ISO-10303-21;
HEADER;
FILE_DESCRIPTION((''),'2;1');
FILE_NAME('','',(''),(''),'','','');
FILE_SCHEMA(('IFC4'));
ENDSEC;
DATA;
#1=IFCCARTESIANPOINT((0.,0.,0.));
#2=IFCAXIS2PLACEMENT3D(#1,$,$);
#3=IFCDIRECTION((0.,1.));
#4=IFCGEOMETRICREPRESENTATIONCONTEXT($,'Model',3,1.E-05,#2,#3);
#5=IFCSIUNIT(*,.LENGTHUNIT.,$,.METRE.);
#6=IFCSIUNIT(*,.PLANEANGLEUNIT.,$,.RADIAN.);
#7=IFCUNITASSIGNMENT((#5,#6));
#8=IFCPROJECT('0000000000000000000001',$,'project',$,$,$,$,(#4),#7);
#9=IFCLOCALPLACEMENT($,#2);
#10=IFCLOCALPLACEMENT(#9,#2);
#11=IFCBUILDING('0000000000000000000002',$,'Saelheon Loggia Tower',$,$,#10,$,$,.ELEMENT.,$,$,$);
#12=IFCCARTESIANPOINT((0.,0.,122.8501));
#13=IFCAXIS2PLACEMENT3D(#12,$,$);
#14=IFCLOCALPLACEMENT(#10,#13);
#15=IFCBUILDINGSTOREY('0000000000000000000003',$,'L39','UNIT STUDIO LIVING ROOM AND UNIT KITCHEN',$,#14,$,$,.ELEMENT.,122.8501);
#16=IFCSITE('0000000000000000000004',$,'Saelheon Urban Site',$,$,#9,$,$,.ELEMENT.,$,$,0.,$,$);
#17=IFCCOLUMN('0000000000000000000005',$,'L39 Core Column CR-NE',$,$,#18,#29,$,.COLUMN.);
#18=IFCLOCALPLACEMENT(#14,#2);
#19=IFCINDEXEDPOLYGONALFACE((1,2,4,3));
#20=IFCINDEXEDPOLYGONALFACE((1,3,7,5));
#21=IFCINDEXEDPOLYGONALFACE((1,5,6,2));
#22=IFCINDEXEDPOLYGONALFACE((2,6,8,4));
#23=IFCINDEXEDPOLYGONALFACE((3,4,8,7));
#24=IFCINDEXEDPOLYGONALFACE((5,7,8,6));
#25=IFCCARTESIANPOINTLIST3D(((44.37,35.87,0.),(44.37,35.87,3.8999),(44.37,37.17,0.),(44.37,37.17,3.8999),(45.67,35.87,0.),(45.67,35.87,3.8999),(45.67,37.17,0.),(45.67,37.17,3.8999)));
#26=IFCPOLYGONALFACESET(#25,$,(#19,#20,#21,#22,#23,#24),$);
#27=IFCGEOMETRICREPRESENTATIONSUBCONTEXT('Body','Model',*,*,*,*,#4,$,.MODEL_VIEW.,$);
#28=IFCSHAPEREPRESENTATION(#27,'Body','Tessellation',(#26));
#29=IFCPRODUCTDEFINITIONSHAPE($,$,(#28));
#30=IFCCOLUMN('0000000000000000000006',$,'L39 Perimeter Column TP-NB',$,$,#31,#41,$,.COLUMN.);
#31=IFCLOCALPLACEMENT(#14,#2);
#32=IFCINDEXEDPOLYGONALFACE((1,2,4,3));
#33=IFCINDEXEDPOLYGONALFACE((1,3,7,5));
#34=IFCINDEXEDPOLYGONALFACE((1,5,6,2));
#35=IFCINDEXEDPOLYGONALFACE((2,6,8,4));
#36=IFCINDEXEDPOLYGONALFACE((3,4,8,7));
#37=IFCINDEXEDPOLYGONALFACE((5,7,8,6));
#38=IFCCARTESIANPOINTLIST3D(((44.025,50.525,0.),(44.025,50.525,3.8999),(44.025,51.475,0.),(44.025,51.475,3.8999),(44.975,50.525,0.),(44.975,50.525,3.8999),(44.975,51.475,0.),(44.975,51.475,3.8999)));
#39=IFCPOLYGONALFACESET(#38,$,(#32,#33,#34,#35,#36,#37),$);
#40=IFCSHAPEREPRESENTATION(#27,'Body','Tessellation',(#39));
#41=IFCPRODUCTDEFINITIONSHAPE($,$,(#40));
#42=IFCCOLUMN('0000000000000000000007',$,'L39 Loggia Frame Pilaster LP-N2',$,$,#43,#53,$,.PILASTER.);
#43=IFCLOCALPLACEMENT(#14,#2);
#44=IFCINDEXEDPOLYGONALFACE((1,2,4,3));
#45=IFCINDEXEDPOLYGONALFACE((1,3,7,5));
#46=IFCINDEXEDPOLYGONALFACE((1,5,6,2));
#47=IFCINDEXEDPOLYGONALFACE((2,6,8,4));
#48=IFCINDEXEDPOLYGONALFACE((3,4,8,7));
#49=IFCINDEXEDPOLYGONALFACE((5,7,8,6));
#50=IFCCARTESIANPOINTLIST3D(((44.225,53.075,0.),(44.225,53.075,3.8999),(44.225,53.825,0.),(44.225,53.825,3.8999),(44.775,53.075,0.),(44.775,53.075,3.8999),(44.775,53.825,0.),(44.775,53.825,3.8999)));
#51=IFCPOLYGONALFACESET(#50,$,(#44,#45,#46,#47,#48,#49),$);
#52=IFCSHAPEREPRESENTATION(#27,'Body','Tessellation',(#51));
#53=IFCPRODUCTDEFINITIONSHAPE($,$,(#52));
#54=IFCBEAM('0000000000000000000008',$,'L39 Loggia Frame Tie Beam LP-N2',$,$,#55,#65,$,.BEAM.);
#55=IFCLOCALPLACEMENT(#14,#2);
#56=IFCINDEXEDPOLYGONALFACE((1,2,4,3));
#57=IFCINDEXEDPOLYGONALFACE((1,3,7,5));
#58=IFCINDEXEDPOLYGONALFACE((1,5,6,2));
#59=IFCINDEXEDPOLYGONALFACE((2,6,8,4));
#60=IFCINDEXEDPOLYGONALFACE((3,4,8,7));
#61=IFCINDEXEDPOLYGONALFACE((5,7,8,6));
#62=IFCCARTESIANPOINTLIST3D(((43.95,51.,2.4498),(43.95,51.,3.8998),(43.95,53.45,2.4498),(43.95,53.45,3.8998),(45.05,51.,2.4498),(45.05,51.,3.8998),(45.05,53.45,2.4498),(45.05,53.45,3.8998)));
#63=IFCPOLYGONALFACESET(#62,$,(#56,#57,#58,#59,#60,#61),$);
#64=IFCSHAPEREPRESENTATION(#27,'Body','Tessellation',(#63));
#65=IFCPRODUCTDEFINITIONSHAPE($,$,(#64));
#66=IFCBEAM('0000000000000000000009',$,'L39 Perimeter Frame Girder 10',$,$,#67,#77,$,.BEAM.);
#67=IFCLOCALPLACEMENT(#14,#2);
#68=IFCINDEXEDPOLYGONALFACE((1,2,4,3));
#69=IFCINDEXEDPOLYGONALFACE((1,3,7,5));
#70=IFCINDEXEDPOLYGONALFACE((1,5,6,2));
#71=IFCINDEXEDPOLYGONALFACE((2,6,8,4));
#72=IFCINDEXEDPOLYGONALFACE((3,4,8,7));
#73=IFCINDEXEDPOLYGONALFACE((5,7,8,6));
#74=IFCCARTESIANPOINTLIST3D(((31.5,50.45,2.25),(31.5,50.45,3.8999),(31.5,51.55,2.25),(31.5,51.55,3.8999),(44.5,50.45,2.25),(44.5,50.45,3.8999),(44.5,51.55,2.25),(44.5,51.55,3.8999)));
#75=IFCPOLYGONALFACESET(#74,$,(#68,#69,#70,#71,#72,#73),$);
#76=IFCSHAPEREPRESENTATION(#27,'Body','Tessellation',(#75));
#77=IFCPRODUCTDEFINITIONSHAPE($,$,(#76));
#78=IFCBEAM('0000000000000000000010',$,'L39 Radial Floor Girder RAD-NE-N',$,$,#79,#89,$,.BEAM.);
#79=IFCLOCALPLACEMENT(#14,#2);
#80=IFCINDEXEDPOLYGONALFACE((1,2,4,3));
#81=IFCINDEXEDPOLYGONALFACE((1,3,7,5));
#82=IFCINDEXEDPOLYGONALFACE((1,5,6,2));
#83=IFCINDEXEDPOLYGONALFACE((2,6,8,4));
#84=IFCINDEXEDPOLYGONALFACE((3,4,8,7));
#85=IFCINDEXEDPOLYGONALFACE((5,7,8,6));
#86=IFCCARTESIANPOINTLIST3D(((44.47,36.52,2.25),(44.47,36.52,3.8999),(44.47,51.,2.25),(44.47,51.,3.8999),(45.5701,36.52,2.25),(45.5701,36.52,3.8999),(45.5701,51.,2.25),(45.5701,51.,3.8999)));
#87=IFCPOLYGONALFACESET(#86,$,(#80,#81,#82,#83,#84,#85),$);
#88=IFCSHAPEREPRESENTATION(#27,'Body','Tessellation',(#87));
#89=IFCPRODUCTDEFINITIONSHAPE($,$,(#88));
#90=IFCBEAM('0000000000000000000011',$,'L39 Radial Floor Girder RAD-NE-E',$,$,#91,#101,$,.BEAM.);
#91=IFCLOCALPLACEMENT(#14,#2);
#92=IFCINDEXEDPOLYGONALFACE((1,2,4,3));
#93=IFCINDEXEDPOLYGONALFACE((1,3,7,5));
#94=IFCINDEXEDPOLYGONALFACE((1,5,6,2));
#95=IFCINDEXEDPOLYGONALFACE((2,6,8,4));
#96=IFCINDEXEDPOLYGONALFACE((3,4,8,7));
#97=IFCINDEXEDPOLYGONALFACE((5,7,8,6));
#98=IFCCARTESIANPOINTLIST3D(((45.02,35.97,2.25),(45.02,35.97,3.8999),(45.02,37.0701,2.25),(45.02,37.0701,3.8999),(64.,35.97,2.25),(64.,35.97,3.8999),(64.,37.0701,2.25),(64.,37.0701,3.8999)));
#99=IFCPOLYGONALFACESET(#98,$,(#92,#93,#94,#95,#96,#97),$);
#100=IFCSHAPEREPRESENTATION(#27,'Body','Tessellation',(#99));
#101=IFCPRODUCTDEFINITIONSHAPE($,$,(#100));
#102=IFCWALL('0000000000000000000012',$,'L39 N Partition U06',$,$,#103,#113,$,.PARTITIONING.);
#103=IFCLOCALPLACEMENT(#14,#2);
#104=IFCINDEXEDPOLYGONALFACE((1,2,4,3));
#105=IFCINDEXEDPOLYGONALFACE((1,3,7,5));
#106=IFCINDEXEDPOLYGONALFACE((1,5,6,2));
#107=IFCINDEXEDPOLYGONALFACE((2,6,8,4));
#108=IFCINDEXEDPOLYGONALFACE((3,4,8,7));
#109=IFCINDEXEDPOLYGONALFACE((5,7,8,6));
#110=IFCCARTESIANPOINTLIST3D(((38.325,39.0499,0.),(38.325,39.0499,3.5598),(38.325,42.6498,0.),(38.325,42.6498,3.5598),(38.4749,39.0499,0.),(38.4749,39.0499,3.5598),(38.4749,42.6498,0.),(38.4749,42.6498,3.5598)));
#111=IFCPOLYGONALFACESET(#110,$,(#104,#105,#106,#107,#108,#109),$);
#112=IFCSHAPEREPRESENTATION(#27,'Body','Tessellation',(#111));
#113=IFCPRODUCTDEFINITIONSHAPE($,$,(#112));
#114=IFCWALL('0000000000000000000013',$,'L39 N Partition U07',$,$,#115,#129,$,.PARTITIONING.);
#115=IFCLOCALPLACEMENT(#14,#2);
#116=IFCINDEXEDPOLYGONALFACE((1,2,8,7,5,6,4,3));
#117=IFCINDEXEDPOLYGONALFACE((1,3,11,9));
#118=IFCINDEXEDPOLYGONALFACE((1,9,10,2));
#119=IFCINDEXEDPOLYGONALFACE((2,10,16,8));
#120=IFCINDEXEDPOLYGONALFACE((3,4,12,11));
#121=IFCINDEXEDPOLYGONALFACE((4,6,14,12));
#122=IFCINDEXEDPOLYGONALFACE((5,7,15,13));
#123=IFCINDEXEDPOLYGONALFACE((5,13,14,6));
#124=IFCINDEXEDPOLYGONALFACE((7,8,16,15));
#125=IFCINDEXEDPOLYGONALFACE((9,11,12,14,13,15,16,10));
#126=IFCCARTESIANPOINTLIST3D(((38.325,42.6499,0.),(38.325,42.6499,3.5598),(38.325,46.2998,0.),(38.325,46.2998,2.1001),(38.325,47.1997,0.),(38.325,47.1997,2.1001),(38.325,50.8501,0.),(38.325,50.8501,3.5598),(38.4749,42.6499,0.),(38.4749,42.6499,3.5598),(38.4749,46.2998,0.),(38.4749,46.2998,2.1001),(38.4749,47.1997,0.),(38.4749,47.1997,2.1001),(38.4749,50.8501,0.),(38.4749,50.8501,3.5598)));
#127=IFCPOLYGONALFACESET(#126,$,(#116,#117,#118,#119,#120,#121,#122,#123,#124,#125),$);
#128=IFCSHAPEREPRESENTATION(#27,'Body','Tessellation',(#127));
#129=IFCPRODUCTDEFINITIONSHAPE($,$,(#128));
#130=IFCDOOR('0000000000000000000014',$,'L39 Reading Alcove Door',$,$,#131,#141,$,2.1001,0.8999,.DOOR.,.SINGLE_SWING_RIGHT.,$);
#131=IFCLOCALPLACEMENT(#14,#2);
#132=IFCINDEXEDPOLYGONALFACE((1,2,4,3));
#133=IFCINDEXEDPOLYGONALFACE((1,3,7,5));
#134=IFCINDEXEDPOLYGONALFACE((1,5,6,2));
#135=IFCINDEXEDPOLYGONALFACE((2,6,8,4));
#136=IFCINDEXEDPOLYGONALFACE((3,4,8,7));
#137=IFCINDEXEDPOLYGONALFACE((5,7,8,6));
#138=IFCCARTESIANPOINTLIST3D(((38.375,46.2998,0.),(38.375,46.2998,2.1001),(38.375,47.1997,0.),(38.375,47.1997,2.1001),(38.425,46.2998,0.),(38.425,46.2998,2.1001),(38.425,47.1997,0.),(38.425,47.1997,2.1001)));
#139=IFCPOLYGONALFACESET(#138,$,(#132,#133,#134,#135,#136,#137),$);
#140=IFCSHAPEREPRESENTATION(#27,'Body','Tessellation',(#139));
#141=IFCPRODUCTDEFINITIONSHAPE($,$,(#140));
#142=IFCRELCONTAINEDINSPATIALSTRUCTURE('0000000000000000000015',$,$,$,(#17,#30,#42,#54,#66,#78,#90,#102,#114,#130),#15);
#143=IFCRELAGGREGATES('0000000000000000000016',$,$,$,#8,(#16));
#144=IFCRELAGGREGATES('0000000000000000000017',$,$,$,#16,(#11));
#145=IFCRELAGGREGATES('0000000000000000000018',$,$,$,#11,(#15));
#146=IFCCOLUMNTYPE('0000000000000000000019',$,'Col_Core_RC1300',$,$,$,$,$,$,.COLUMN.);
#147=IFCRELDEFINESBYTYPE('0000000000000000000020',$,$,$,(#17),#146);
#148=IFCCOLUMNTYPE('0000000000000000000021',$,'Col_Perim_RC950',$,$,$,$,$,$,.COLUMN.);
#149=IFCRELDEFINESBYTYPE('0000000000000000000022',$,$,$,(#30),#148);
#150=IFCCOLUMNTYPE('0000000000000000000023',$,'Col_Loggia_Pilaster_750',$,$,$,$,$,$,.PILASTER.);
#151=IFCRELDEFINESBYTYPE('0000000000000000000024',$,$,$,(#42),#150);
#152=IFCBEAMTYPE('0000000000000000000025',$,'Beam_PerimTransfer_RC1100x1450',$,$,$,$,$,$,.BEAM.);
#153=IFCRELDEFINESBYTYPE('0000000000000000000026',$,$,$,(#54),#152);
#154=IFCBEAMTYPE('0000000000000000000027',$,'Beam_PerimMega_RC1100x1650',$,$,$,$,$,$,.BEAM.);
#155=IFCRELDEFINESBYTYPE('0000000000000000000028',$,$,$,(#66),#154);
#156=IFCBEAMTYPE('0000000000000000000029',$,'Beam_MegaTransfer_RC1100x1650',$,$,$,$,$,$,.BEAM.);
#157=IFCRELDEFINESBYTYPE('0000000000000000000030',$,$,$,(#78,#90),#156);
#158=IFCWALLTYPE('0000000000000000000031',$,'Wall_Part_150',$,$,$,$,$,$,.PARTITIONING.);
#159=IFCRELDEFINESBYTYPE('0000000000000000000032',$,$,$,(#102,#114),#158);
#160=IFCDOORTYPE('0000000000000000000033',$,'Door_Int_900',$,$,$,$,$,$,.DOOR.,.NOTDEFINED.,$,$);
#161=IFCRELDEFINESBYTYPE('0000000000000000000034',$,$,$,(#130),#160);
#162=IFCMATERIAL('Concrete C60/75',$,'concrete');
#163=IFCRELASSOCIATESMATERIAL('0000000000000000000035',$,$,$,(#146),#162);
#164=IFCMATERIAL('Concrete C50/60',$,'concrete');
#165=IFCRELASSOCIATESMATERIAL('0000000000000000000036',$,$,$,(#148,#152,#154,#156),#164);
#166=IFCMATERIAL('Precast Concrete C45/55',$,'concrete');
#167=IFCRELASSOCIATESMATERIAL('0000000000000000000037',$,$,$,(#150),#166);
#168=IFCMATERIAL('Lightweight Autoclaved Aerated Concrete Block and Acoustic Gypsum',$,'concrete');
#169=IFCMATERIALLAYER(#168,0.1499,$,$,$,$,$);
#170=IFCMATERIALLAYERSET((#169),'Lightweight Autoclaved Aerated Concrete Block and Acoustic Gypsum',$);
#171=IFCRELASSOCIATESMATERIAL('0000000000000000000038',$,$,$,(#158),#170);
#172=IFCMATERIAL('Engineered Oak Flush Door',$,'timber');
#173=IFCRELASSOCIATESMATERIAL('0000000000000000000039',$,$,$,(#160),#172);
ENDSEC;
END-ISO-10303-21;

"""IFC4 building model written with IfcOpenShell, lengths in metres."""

from ifc_helpers import new_model, si_unit, direction, frame, frame_2d, origin, origin_2d, place, context, subcontext, project, spatial, rectangle, extrude, source, transform, mapped, material, layer, layer_set, material_profile, profile_set, type_object, element, fill, save


model = new_model("IFC4")

# Units and contexts
model_context = context("Model", 3, precision=1e-05, world=origin(), true_north=direction((0.0, 1.0)))
body_context = subcontext(model_context, "Body", "Model", "MODEL_VIEW")
ifc_project = project(units=[si_unit("LENGTHUNIT", "METRE"), si_unit("PLANEANGLEUNIT", "RADIAN")], contexts=[model_context])

# Site, building, storey
site_placement = place(None, origin())
site = spatial("IfcSite", under=ifc_project, at=site_placement, Name="Saelheon Urban Site", CompositionType="ELEMENT", RefElevation=0.0)
building_placement = place(site_placement, origin())
building = spatial("IfcBuilding", under=site, at=building_placement, Name="Saelheon Loggia Tower", CompositionType="ELEMENT")
storey_placement = place(building_placement, frame((0.0, 0.0, 122.8501)))
storey = spatial("IfcBuildingStorey", under=building, at=storey_placement, Name="L39", Description="UNIT STUDIO LIVING ROOM AND UNIT KITCHEN", CompositionType="ELEMENT", Elevation=122.8501)

# Columns
ifc_material_1 = material(Name="Concrete C60/75", Category="concrete")
ifc_material_profile_1 = material_profile(ifc_material_1, rectangle(XDim=1.3, YDim=1.3, at=origin_2d()), Name="RC-1300x1300")
ifc_profile_set_1 = profile_set([ifc_material_profile_1], Name="Concrete C60/75")
column_type_1 = type_object("IfcColumnType", Name="Col_Core_RC1300", PredefinedType="COLUMN", material=ifc_profile_set_1)
shared_shape_1 = source(origin(), body_context, "Body", "SweptSolid", [
    extrude(rectangle(XDim=1.3, YDim=1.3, at=origin_2d()), origin(), (0.0, 0.0, 1.0), 3.8999),
])
column_1_placement = place(storey_placement, frame((45.02, 36.52, 0.0), z_axis=(0.0, 0.0, 1.0), x_axis=(1.0, 0.0, 0.0)))
element("IfcColumn", 1, at=column_1_placement, inside=storey, type_object=column_type_1, Name="L39 Core Column CR-NE", PredefinedType="COLUMN", context=body_context, shape_type="MappedRepresentation", body=[
    mapped(shared_shape_1, transform((0.0, 0.0, 0.0), scale=1.0)),
])
ifc_material_2 = material(Name="Concrete C50/60", Category="concrete")
ifc_material_profile_2 = material_profile(ifc_material_2, rectangle(XDim=0.95, YDim=0.95, at=origin_2d()), Name="RC-950x950")
ifc_profile_set_2 = profile_set([ifc_material_profile_2], Name="Concrete C50/60")
column_type_2 = type_object("IfcColumnType", Name="Col_Perim_RC950", PredefinedType="COLUMN", material=ifc_profile_set_2)
shared_shape_2 = source(origin(), body_context, "Body", "SweptSolid", [
    extrude(rectangle(XDim=0.95, YDim=0.95, at=origin_2d()), origin(), (0.0, 0.0, 1.0), 3.8999),
])
column_2_placement = place(storey_placement, frame((44.5, 51.0, 0.0), z_axis=(0.0, 0.0, 1.0), x_axis=(1.0, 0.0, 0.0)))
element("IfcColumn", 2, at=column_2_placement, inside=storey, type_object=column_type_2, Name="L39 Perimeter Column TP-NB", PredefinedType="COLUMN", context=body_context, shape_type="MappedRepresentation", body=[
    mapped(shared_shape_2, transform((0.0, 0.0, 0.0), scale=1.0)),
])
ifc_material_3 = material(Name="Precast Concrete C45/55", Category="concrete")
ifc_material_profile_3 = material_profile(ifc_material_3, rectangle(XDim=0.55, YDim=0.75, at=origin_2d()), Name="RC-550x750")
ifc_profile_set_3 = profile_set([ifc_material_profile_3], Name="Precast Concrete C45/55")
column_type_3 = type_object("IfcColumnType", Name="Col_Loggia_Pilaster_750", PredefinedType="PILASTER", material=ifc_profile_set_3)
shared_shape_3 = source(origin(), body_context, "Body", "SweptSolid", [
    extrude(rectangle(XDim=0.55, YDim=0.75, at=origin_2d()), origin(), (0.0, 0.0, 1.0), 3.8999),
])
column_3_placement = place(storey_placement, frame((44.5, 53.45, 0.0), z_axis=(0.0, 0.0, 1.0), x_axis=(1.0, 0.0, 0.0)))
element("IfcColumn", 3, at=column_3_placement, inside=storey, type_object=column_type_3, Name="L39 Loggia Frame Pilaster LP-N2", PredefinedType="PILASTER", context=body_context, shape_type="MappedRepresentation", body=[
    mapped(shared_shape_3, transform((0.0, 0.0, 0.0), scale=1.0)),
])

# Beams
ifc_material_profile_4 = material_profile(ifc_material_2, rectangle(XDim=1.1001, YDim=1.45, at=origin_2d()), Name="RC-1100x1450")
ifc_profile_set_4 = profile_set([ifc_material_profile_4], Name="Concrete C50/60")
beam_type_1 = type_object("IfcBeamType", Name="Beam_PerimTransfer_RC1100x1450", PredefinedType="BEAM", material=ifc_profile_set_4)
shared_shape_4 = source(origin(), body_context, "Body", "SweptSolid", [
    extrude(rectangle(XDim=1.1001, YDim=1.45, at=origin_2d()), origin(), (0.0, 0.0, 1.0), 2.45),
])
beam_1_placement = place(storey_placement, frame((44.5, 51.0, 3.1748), z_axis=(0.0, 1.0, 0.0), x_axis=(-1.0, 0.0, 0.0)))
element("IfcBeam", 4, at=beam_1_placement, inside=storey, type_object=beam_type_1, Name="L39 Loggia Frame Tie Beam LP-N2", PredefinedType="BEAM", context=body_context, shape_type="MappedRepresentation", body=[
    mapped(shared_shape_4, transform((0.0, 0.0, 0.0), scale=1.0)),
])
ifc_material_profile_5 = material_profile(ifc_material_2, rectangle(XDim=1.1001, YDim=1.6499, at=origin_2d()), Name="RC-1100x1650")
ifc_profile_set_5 = profile_set([ifc_material_profile_5], Name="Concrete C50/60")
beam_type_2 = type_object("IfcBeamType", Name="Beam_PerimMega_RC1100x1650", PredefinedType="BEAM", material=ifc_profile_set_5)
shared_shape_5 = source(origin(), body_context, "Body", "SweptSolid", [
    extrude(rectangle(XDim=1.1001, YDim=1.6499, at=origin_2d()), origin(), (0.0, 0.0, 1.0), 13.0),
])
beam_2_placement = place(storey_placement, frame((44.5, 51.0, 3.075), z_axis=(-1.0, 0.0, 0.0), x_axis=(0.0, -1.0, 0.0)))
element("IfcBeam", 5, at=beam_2_placement, inside=storey, type_object=beam_type_2, Name="L39 Perimeter Frame Girder 10", PredefinedType="BEAM", context=body_context, shape_type="MappedRepresentation", body=[
    mapped(shared_shape_5, transform((0.0, 0.0, 0.0), scale=1.0)),
])
ifc_material_profile_6 = material_profile(ifc_material_2, rectangle(XDim=1.1001, YDim=1.6499, at=origin_2d()), Name="RC-1100x1650")
ifc_profile_set_6 = profile_set([ifc_material_profile_6], Name="Concrete C50/60")
beam_type_3 = type_object("IfcBeamType", Name="Beam_MegaTransfer_RC1100x1650", PredefinedType="BEAM", material=ifc_profile_set_6)
shared_shape_6 = source(origin(), body_context, "Body", "SweptSolid", [
    extrude(rectangle(XDim=1.1001, YDim=1.6499, at=origin_2d()), origin(), (0.0, 0.0, 1.0), 14.48),
])
beam_3_placement = place(storey_placement, frame((45.02, 36.52, 3.075), z_axis=(0.0, 1.0, 0.0), x_axis=(-1.0, 0.0, 0.0)))
element("IfcBeam", 6, at=beam_3_placement, inside=storey, type_object=beam_type_3, Name="L39 Radial Floor Girder RAD-NE-N", PredefinedType="BEAM", context=body_context, shape_type="MappedRepresentation", body=[
    mapped(shared_shape_6, transform((0.0, 0.0, 0.0), scale=1.0)),
])
shared_shape_7 = source(origin(), body_context, "Body", "SweptSolid", [
    extrude(rectangle(XDim=1.1001, YDim=1.6499, at=origin_2d()), origin(), (0.0, 0.0, 1.0), 18.98),
])
beam_4_placement = place(storey_placement, frame((45.02, 36.52, 3.075), z_axis=(1.0, 0.0, 0.0), x_axis=(0.0, 1.0, 0.0)))
element("IfcBeam", 7, at=beam_4_placement, inside=storey, type_object=beam_type_3, Name="L39 Radial Floor Girder RAD-NE-E", PredefinedType="BEAM", context=body_context, shape_type="MappedRepresentation", body=[
    mapped(shared_shape_7, transform((0.0, 0.0, 0.0), scale=1.0)),
])

# Wall
ifc_material_4 = material(Name="Lightweight Autoclaved Aerated Concrete Block and Acoustic Gypsum", Category="concrete")
ifc_layer_1 = layer(ifc_material_4, 0.1499)
ifc_layer_set_1 = layer_set([ifc_layer_1], Name="Lightweight Autoclaved Aerated Concrete Block and Acoustic Gypsum")
wall_type_1 = type_object("IfcWallType", Name="Wall_Part_150", PredefinedType="PARTITIONING", material=ifc_layer_set_1)
wall_1_placement = place(storey_placement, frame((38.3999, 39.05, 0.0), z_axis=(0.0, 0.0, 1.0), x_axis=(0.0, 1.0, 0.0)))
element("IfcWall", 8, at=wall_1_placement, inside=storey, type_object=wall_type_1, Name="L39 N Partition U06", PredefinedType="PARTITIONING", context=body_context, shape_type="SweptSolid", body=[
    extrude(rectangle(XDim=3.5999, YDim=0.1499, at=frame_2d((1.7998, 0.0))), origin(), (0.0, 0.0, 1.0), 3.5598),
])

# Wall, opening, door
wall_2_placement = place(storey_placement, frame((38.3999, 42.6499, 0.0), z_axis=(0.0, 0.0, 1.0), x_axis=(0.0, 1.0, 0.0)))
wall_2 = element("IfcWall", 9, at=wall_2_placement, inside=storey, type_object=wall_type_1, Name="L39 N Partition U07", PredefinedType="PARTITIONING", context=body_context, shape_type="SweptSolid", body=[
    extrude(rectangle(XDim=8.2002, YDim=0.1499, at=frame_2d((4.1001, 0.0))), origin(), (0.0, 0.0, 1.0), 3.5598),
])
opening_1_placement = place(wall_2_placement, frame((3.6499, 0.0, 0.0)))
opening_1 = element("IfcOpeningElement", 10, at=opening_1_placement, cuts=wall_2, PredefinedType="OPENING", context=body_context, shape_type="SweptSolid", body=[
    extrude(rectangle(XDim=0.8999, YDim=2.1001, at=frame_2d((0.45, 1.05))), frame((0.0, 0.0869, 0.0), z_axis=(0.0, -1.0, 0.0), x_axis=(1.0, 0.0, 0.0)), (0.0, 0.0, 1.0), 0.1738),
])
ifc_material_5 = material(Name="Engineered Oak Flush Door", Category="timber")
door_type_1 = type_object("IfcDoorType", Name="Door_Int_900", OperationType="NOTDEFINED", PredefinedType="DOOR", material=ifc_material_5)
shared_shape_8 = source(origin(), body_context, "Body", "SweptSolid", [
    extrude(rectangle(XDim=0.8999, YDim=2.1001, at=frame_2d((0.45, 1.05))), frame((0.0, 0.0249, 0.0), z_axis=(0.0, -1.0, 0.0), x_axis=(1.0, 0.0, 0.0)), (0.0, 0.0, 1.0), 0.05),
])
door_1_placement = place(opening_1_placement, origin())
door_1 = element("IfcDoor", 11, at=door_1_placement, inside=storey, type_object=door_type_1, Name="L39 Reading Alcove Door", OperationType="SINGLE_SWING_RIGHT", OverallHeight=2.1001, OverallWidth=0.8999, PredefinedType="DOOR", context=body_context, shape_type="MappedRepresentation", body=[
    mapped(shared_shape_8, transform((0.0, 0.0, 0.0), scale=1.0)),
])
fill(opening_1, door_1)

save(model, "model.ifc")
